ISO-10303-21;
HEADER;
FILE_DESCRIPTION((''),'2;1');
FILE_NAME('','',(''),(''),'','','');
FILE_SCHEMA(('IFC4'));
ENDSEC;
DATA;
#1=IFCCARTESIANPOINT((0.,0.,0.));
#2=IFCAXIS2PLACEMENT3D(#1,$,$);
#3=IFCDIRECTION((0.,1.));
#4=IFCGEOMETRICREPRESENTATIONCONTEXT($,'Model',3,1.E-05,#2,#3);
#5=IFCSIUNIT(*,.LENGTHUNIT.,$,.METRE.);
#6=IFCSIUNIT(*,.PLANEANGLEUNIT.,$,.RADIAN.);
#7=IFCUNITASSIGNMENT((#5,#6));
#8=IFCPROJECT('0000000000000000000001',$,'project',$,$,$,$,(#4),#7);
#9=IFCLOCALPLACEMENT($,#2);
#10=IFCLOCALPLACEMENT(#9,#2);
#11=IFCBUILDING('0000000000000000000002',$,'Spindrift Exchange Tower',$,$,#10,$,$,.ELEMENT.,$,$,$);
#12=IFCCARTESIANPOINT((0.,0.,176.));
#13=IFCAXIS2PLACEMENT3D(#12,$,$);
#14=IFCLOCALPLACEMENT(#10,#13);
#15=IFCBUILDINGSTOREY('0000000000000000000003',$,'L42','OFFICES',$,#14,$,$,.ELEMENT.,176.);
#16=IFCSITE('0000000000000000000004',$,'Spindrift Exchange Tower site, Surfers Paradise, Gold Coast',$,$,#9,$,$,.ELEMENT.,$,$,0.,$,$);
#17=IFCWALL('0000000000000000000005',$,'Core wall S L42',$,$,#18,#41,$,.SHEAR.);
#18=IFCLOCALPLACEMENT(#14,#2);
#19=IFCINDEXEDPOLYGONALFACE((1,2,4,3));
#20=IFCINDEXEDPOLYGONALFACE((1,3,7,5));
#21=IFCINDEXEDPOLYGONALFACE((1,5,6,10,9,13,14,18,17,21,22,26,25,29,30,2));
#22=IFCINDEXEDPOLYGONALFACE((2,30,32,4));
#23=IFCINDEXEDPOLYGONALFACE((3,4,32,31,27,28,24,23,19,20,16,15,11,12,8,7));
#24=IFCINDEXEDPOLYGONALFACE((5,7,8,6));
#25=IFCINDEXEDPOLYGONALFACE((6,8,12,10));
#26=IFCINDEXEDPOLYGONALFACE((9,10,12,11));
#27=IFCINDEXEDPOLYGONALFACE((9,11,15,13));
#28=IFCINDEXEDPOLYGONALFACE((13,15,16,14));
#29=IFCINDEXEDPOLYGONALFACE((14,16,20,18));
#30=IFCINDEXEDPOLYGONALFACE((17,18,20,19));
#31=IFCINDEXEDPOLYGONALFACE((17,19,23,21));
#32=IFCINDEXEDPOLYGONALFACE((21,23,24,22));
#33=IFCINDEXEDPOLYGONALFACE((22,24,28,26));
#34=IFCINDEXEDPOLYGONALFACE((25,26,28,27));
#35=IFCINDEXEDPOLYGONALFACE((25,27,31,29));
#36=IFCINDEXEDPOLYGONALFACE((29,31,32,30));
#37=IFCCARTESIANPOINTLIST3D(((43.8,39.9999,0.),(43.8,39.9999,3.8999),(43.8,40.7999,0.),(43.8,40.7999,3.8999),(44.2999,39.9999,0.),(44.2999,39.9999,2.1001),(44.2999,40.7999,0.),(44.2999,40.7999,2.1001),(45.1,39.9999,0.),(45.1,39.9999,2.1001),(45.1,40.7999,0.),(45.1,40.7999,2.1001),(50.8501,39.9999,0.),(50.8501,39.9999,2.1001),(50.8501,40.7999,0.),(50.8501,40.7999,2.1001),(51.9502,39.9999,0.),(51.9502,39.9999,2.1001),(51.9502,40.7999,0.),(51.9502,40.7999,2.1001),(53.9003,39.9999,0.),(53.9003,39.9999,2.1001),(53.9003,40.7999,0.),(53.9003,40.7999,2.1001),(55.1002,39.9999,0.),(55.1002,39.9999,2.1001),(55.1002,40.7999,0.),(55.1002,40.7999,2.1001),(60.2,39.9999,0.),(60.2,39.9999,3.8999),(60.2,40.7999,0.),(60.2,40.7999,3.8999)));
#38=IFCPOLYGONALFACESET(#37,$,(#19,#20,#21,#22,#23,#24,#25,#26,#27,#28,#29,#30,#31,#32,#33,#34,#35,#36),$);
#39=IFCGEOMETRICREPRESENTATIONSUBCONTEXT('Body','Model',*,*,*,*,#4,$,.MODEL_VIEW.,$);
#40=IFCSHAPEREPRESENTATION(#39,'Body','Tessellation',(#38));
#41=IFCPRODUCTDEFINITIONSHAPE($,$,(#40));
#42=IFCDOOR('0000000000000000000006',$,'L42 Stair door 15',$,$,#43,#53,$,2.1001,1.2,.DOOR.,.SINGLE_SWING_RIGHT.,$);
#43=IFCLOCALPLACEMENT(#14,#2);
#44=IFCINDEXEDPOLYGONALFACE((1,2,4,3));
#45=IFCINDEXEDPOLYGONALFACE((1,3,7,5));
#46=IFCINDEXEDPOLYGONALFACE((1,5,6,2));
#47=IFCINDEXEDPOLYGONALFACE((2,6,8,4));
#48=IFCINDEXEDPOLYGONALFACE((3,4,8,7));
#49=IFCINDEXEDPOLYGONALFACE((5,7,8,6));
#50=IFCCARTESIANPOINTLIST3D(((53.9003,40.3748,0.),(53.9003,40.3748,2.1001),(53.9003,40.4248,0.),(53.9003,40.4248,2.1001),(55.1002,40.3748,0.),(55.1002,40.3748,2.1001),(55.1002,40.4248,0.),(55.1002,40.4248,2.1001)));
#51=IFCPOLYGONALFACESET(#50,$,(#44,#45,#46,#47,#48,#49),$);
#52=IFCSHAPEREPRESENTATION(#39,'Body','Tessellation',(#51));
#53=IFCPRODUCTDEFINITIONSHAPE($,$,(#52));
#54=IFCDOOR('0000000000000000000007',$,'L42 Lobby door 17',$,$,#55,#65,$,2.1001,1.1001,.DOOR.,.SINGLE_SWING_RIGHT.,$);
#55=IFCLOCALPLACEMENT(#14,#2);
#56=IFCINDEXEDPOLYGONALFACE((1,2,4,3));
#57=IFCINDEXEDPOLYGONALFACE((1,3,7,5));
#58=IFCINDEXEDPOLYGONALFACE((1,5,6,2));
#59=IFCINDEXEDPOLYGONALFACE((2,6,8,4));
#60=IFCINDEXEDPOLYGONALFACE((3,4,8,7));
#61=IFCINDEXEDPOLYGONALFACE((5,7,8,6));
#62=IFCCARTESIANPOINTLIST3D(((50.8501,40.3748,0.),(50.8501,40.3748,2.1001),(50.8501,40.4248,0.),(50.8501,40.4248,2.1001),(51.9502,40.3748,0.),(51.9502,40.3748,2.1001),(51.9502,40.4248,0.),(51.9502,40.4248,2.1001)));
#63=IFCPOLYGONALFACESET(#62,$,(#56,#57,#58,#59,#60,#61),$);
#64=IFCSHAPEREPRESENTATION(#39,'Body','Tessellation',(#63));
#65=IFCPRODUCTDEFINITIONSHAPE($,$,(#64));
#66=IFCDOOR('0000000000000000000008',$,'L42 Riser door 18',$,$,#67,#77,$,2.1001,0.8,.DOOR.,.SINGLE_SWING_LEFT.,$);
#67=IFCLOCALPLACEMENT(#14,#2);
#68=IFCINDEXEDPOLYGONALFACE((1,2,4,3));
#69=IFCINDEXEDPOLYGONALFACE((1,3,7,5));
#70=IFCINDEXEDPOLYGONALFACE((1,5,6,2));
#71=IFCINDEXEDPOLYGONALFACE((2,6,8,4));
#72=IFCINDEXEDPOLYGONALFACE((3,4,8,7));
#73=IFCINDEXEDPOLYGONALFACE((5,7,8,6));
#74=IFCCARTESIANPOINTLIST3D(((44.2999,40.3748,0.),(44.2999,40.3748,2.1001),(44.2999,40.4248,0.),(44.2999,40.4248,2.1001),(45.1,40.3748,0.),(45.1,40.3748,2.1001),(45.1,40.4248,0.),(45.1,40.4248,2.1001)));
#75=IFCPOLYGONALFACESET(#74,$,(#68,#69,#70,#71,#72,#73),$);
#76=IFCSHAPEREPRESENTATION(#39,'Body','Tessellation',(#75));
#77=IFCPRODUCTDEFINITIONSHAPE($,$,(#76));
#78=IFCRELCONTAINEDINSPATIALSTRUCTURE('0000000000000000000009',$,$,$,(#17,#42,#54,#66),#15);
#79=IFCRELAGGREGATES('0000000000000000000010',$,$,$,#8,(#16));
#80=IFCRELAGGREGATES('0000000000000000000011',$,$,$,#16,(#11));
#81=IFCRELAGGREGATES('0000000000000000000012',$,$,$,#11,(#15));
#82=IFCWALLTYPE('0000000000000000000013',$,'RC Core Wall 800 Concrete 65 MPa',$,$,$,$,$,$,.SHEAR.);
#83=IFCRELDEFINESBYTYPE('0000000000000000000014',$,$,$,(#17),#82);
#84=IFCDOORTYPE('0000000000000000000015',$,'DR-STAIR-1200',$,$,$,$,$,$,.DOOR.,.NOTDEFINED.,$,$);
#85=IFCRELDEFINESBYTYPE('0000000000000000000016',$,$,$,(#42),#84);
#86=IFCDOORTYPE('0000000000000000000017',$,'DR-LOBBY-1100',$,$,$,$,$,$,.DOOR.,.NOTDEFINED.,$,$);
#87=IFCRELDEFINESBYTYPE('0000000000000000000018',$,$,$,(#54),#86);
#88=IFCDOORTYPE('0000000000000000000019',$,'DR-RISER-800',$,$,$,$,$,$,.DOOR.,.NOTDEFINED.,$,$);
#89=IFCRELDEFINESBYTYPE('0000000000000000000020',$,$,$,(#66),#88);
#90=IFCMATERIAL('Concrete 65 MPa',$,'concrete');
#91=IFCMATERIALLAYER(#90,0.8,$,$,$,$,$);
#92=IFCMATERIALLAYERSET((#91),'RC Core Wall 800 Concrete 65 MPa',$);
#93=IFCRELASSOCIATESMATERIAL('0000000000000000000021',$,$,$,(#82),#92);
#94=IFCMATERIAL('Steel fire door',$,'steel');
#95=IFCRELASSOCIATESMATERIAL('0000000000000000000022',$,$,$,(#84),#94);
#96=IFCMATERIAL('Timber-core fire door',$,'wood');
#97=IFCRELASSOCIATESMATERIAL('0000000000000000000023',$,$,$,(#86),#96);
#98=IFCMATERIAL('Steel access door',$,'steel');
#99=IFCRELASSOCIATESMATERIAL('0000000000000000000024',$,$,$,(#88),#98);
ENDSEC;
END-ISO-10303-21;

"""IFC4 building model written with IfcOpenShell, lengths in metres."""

from ifc_helpers import new_model, si_unit, direction, frame, frame_2d, origin, place, context, subcontext, project, spatial, rectangle, extrude, source, transform, mapped, material, layer, layer_set, type_object, element, fill, save


model = new_model("IFC4")

# Units and contexts
model_context = context("Model", 3, precision=1e-05, world=origin(), true_north=direction((0.0, 1.0)))
body_context = subcontext(model_context, "Body", "Model", "MODEL_VIEW")
ifc_project = project(units=[si_unit("LENGTHUNIT", "METRE"), si_unit("PLANEANGLEUNIT", "RADIAN")], contexts=[model_context])

# Site, building, storey
site_placement = place(None, origin())
site = spatial("IfcSite", under=ifc_project, at=site_placement, Name="Spindrift Exchange Tower site, Surfers Paradise, Gold Coast", CompositionType="ELEMENT", RefElevation=0.0)
building_placement = place(site_placement, origin())
building = spatial("IfcBuilding", under=site, at=building_placement, Name="Spindrift Exchange Tower", CompositionType="ELEMENT")
storey_placement = place(building_placement, frame((0.0, 0.0, 176.0)))
storey = spatial("IfcBuildingStorey", under=building, at=storey_placement, Name="L42", Description="OFFICES", CompositionType="ELEMENT", Elevation=176.0)

# Wall, openings, doors
ifc_material_1 = material(Name="Concrete 65 MPa", Category="concrete")
ifc_layer_1 = layer(ifc_material_1, 0.8)
ifc_layer_set_1 = layer_set([ifc_layer_1], Name="RC Core Wall 800 Concrete 65 MPa")
wall_type_1 = type_object("IfcWallType", Name="RC Core Wall 800 Concrete 65 MPa", PredefinedType="SHEAR", material=ifc_layer_set_1)
wall_1_placement = place(storey_placement, frame((43.8, 40.3999, 0.0), z_axis=(0.0, 0.0, 1.0), x_axis=(1.0, 0.0, 0.0)))
wall_1 = element("IfcWall", 1, at=wall_1_placement, inside=storey, type_object=wall_type_1, Name="Core wall S L42", PredefinedType="SHEAR", context=body_context, shape_type="SweptSolid", body=[
    extrude(rectangle(XDim=16.3999, YDim=0.8, at=frame_2d((8.2, 0.0))), origin(), (0.0, 0.0, 1.0), 3.8999),
])
opening_1_placement = place(wall_1_placement, frame((10.1001, 0.0, 0.0)))
opening_1 = element("IfcOpeningElement", 2, at=opening_1_placement, cuts=wall_1, PredefinedType="OPENING", context=body_context, shape_type="SweptSolid", body=[
    extrude(rectangle(XDim=1.2, YDim=2.1001, at=frame_2d((0.6001, 1.05))), frame((0.0, 0.4099, 0.0), z_axis=(0.0, -1.0, 0.0), x_axis=(1.0, 0.0, 0.0)), (0.0, 0.0, 1.0), 0.8201),
])
opening_2_placement = place(wall_1_placement, frame((7.05, 0.0, 0.0)))
opening_2 = element("IfcOpeningElement", 3, at=opening_2_placement, cuts=wall_1, PredefinedType="OPENING", context=body_context, shape_type="SweptSolid", body=[
    extrude(rectangle(XDim=1.1001, YDim=2.1001, at=frame_2d((0.55, 1.05))), frame((0.0, 0.4099, 0.0), z_axis=(0.0, -1.0, 0.0), x_axis=(1.0, 0.0, 0.0)), (0.0, 0.0, 1.0), 0.8201),
])
opening_3_placement = place(wall_1_placement, frame((0.5, 0.0, 0.0)))
opening_3 = element("IfcOpeningElement", 4, at=opening_3_placement, cuts=wall_1, PredefinedType="OPENING", context=body_context, shape_type="SweptSolid", body=[
    extrude(rectangle(XDim=0.8, YDim=2.1001, at=frame_2d((0.3999, 1.05))), frame((0.0, 0.4099, 0.0), z_axis=(0.0, -1.0, 0.0), x_axis=(1.0, 0.0, 0.0)), (0.0, 0.0, 1.0), 0.8201),
])
ifc_material_2 = material(Name="Steel fire door", Category="steel")
door_type_1 = type_object("IfcDoorType", Name="DR-STAIR-1200", OperationType="NOTDEFINED", PredefinedType="DOOR", material=ifc_material_2)
shared_shape_1 = source(origin(), body_context, "Body", "SweptSolid", [
    extrude(rectangle(XDim=1.2, YDim=2.1001, at=frame_2d((0.6001, 1.05))), frame((0.0, 0.0249, 0.0), z_axis=(0.0, -1.0, 0.0), x_axis=(1.0, 0.0, 0.0)), (0.0, 0.0, 1.0), 0.05),
])
door_1_placement = place(opening_1_placement, origin())
door_1 = element("IfcDoor", 5, at=door_1_placement, inside=storey, type_object=door_type_1, Name="L42 Stair door 15", OperationType="SINGLE_SWING_RIGHT", OverallHeight=2.1001, OverallWidth=1.2, PredefinedType="DOOR", context=body_context, shape_type="MappedRepresentation", body=[
    mapped(shared_shape_1, transform((0.0, 0.0, 0.0), scale=1.0)),
])
fill(opening_1, door_1)
ifc_material_3 = material(Name="Timber-core fire door", Category="wood")
door_type_2 = type_object("IfcDoorType", Name="DR-LOBBY-1100", OperationType="NOTDEFINED", PredefinedType="DOOR", material=ifc_material_3)
shared_shape_2 = source(origin(), body_context, "Body", "SweptSolid", [
    extrude(rectangle(XDim=1.1001, YDim=2.1001, at=frame_2d((0.55, 1.05))), frame((0.0, 0.0249, 0.0), z_axis=(0.0, -1.0, 0.0), x_axis=(1.0, 0.0, 0.0)), (0.0, 0.0, 1.0), 0.05),
])
door_2_placement = place(opening_2_placement, origin())
door_2 = element("IfcDoor", 6, at=door_2_placement, inside=storey, type_object=door_type_2, Name="L42 Lobby door 17", OperationType="SINGLE_SWING_RIGHT", OverallHeight=2.1001, OverallWidth=1.1001, PredefinedType="DOOR", context=body_context, shape_type="MappedRepresentation", body=[
    mapped(shared_shape_2, transform((0.0, 0.0, 0.0), scale=1.0)),
])
fill(opening_2, door_2)
ifc_material_4 = material(Name="Steel access door", Category="steel")
door_type_3 = type_object("IfcDoorType", Name="DR-RISER-800", OperationType="NOTDEFINED", PredefinedType="DOOR", material=ifc_material_4)
shared_shape_3 = source(origin(), body_context, "Body", "SweptSolid", [
    extrude(rectangle(XDim=0.8, YDim=2.1001, at=frame_2d((0.3999, 1.05))), frame((0.0, 0.0249, 0.0), z_axis=(0.0, -1.0, 0.0), x_axis=(1.0, 0.0, 0.0)), (0.0, 0.0, 1.0), 0.05),
])
door_3_placement = place(opening_3_placement, origin())
door_3 = element("IfcDoor", 7, at=door_3_placement, inside=storey, type_object=door_type_3, Name="L42 Riser door 18", OperationType="SINGLE_SWING_LEFT", OverallHeight=2.1001, OverallWidth=0.8, PredefinedType="DOOR", context=body_context, shape_type="MappedRepresentation", body=[
    mapped(shared_shape_3, transform((0.0, 0.0, 0.0), scale=1.0)),
])
fill(opening_3, door_3)

save(model, "model.ifc")
